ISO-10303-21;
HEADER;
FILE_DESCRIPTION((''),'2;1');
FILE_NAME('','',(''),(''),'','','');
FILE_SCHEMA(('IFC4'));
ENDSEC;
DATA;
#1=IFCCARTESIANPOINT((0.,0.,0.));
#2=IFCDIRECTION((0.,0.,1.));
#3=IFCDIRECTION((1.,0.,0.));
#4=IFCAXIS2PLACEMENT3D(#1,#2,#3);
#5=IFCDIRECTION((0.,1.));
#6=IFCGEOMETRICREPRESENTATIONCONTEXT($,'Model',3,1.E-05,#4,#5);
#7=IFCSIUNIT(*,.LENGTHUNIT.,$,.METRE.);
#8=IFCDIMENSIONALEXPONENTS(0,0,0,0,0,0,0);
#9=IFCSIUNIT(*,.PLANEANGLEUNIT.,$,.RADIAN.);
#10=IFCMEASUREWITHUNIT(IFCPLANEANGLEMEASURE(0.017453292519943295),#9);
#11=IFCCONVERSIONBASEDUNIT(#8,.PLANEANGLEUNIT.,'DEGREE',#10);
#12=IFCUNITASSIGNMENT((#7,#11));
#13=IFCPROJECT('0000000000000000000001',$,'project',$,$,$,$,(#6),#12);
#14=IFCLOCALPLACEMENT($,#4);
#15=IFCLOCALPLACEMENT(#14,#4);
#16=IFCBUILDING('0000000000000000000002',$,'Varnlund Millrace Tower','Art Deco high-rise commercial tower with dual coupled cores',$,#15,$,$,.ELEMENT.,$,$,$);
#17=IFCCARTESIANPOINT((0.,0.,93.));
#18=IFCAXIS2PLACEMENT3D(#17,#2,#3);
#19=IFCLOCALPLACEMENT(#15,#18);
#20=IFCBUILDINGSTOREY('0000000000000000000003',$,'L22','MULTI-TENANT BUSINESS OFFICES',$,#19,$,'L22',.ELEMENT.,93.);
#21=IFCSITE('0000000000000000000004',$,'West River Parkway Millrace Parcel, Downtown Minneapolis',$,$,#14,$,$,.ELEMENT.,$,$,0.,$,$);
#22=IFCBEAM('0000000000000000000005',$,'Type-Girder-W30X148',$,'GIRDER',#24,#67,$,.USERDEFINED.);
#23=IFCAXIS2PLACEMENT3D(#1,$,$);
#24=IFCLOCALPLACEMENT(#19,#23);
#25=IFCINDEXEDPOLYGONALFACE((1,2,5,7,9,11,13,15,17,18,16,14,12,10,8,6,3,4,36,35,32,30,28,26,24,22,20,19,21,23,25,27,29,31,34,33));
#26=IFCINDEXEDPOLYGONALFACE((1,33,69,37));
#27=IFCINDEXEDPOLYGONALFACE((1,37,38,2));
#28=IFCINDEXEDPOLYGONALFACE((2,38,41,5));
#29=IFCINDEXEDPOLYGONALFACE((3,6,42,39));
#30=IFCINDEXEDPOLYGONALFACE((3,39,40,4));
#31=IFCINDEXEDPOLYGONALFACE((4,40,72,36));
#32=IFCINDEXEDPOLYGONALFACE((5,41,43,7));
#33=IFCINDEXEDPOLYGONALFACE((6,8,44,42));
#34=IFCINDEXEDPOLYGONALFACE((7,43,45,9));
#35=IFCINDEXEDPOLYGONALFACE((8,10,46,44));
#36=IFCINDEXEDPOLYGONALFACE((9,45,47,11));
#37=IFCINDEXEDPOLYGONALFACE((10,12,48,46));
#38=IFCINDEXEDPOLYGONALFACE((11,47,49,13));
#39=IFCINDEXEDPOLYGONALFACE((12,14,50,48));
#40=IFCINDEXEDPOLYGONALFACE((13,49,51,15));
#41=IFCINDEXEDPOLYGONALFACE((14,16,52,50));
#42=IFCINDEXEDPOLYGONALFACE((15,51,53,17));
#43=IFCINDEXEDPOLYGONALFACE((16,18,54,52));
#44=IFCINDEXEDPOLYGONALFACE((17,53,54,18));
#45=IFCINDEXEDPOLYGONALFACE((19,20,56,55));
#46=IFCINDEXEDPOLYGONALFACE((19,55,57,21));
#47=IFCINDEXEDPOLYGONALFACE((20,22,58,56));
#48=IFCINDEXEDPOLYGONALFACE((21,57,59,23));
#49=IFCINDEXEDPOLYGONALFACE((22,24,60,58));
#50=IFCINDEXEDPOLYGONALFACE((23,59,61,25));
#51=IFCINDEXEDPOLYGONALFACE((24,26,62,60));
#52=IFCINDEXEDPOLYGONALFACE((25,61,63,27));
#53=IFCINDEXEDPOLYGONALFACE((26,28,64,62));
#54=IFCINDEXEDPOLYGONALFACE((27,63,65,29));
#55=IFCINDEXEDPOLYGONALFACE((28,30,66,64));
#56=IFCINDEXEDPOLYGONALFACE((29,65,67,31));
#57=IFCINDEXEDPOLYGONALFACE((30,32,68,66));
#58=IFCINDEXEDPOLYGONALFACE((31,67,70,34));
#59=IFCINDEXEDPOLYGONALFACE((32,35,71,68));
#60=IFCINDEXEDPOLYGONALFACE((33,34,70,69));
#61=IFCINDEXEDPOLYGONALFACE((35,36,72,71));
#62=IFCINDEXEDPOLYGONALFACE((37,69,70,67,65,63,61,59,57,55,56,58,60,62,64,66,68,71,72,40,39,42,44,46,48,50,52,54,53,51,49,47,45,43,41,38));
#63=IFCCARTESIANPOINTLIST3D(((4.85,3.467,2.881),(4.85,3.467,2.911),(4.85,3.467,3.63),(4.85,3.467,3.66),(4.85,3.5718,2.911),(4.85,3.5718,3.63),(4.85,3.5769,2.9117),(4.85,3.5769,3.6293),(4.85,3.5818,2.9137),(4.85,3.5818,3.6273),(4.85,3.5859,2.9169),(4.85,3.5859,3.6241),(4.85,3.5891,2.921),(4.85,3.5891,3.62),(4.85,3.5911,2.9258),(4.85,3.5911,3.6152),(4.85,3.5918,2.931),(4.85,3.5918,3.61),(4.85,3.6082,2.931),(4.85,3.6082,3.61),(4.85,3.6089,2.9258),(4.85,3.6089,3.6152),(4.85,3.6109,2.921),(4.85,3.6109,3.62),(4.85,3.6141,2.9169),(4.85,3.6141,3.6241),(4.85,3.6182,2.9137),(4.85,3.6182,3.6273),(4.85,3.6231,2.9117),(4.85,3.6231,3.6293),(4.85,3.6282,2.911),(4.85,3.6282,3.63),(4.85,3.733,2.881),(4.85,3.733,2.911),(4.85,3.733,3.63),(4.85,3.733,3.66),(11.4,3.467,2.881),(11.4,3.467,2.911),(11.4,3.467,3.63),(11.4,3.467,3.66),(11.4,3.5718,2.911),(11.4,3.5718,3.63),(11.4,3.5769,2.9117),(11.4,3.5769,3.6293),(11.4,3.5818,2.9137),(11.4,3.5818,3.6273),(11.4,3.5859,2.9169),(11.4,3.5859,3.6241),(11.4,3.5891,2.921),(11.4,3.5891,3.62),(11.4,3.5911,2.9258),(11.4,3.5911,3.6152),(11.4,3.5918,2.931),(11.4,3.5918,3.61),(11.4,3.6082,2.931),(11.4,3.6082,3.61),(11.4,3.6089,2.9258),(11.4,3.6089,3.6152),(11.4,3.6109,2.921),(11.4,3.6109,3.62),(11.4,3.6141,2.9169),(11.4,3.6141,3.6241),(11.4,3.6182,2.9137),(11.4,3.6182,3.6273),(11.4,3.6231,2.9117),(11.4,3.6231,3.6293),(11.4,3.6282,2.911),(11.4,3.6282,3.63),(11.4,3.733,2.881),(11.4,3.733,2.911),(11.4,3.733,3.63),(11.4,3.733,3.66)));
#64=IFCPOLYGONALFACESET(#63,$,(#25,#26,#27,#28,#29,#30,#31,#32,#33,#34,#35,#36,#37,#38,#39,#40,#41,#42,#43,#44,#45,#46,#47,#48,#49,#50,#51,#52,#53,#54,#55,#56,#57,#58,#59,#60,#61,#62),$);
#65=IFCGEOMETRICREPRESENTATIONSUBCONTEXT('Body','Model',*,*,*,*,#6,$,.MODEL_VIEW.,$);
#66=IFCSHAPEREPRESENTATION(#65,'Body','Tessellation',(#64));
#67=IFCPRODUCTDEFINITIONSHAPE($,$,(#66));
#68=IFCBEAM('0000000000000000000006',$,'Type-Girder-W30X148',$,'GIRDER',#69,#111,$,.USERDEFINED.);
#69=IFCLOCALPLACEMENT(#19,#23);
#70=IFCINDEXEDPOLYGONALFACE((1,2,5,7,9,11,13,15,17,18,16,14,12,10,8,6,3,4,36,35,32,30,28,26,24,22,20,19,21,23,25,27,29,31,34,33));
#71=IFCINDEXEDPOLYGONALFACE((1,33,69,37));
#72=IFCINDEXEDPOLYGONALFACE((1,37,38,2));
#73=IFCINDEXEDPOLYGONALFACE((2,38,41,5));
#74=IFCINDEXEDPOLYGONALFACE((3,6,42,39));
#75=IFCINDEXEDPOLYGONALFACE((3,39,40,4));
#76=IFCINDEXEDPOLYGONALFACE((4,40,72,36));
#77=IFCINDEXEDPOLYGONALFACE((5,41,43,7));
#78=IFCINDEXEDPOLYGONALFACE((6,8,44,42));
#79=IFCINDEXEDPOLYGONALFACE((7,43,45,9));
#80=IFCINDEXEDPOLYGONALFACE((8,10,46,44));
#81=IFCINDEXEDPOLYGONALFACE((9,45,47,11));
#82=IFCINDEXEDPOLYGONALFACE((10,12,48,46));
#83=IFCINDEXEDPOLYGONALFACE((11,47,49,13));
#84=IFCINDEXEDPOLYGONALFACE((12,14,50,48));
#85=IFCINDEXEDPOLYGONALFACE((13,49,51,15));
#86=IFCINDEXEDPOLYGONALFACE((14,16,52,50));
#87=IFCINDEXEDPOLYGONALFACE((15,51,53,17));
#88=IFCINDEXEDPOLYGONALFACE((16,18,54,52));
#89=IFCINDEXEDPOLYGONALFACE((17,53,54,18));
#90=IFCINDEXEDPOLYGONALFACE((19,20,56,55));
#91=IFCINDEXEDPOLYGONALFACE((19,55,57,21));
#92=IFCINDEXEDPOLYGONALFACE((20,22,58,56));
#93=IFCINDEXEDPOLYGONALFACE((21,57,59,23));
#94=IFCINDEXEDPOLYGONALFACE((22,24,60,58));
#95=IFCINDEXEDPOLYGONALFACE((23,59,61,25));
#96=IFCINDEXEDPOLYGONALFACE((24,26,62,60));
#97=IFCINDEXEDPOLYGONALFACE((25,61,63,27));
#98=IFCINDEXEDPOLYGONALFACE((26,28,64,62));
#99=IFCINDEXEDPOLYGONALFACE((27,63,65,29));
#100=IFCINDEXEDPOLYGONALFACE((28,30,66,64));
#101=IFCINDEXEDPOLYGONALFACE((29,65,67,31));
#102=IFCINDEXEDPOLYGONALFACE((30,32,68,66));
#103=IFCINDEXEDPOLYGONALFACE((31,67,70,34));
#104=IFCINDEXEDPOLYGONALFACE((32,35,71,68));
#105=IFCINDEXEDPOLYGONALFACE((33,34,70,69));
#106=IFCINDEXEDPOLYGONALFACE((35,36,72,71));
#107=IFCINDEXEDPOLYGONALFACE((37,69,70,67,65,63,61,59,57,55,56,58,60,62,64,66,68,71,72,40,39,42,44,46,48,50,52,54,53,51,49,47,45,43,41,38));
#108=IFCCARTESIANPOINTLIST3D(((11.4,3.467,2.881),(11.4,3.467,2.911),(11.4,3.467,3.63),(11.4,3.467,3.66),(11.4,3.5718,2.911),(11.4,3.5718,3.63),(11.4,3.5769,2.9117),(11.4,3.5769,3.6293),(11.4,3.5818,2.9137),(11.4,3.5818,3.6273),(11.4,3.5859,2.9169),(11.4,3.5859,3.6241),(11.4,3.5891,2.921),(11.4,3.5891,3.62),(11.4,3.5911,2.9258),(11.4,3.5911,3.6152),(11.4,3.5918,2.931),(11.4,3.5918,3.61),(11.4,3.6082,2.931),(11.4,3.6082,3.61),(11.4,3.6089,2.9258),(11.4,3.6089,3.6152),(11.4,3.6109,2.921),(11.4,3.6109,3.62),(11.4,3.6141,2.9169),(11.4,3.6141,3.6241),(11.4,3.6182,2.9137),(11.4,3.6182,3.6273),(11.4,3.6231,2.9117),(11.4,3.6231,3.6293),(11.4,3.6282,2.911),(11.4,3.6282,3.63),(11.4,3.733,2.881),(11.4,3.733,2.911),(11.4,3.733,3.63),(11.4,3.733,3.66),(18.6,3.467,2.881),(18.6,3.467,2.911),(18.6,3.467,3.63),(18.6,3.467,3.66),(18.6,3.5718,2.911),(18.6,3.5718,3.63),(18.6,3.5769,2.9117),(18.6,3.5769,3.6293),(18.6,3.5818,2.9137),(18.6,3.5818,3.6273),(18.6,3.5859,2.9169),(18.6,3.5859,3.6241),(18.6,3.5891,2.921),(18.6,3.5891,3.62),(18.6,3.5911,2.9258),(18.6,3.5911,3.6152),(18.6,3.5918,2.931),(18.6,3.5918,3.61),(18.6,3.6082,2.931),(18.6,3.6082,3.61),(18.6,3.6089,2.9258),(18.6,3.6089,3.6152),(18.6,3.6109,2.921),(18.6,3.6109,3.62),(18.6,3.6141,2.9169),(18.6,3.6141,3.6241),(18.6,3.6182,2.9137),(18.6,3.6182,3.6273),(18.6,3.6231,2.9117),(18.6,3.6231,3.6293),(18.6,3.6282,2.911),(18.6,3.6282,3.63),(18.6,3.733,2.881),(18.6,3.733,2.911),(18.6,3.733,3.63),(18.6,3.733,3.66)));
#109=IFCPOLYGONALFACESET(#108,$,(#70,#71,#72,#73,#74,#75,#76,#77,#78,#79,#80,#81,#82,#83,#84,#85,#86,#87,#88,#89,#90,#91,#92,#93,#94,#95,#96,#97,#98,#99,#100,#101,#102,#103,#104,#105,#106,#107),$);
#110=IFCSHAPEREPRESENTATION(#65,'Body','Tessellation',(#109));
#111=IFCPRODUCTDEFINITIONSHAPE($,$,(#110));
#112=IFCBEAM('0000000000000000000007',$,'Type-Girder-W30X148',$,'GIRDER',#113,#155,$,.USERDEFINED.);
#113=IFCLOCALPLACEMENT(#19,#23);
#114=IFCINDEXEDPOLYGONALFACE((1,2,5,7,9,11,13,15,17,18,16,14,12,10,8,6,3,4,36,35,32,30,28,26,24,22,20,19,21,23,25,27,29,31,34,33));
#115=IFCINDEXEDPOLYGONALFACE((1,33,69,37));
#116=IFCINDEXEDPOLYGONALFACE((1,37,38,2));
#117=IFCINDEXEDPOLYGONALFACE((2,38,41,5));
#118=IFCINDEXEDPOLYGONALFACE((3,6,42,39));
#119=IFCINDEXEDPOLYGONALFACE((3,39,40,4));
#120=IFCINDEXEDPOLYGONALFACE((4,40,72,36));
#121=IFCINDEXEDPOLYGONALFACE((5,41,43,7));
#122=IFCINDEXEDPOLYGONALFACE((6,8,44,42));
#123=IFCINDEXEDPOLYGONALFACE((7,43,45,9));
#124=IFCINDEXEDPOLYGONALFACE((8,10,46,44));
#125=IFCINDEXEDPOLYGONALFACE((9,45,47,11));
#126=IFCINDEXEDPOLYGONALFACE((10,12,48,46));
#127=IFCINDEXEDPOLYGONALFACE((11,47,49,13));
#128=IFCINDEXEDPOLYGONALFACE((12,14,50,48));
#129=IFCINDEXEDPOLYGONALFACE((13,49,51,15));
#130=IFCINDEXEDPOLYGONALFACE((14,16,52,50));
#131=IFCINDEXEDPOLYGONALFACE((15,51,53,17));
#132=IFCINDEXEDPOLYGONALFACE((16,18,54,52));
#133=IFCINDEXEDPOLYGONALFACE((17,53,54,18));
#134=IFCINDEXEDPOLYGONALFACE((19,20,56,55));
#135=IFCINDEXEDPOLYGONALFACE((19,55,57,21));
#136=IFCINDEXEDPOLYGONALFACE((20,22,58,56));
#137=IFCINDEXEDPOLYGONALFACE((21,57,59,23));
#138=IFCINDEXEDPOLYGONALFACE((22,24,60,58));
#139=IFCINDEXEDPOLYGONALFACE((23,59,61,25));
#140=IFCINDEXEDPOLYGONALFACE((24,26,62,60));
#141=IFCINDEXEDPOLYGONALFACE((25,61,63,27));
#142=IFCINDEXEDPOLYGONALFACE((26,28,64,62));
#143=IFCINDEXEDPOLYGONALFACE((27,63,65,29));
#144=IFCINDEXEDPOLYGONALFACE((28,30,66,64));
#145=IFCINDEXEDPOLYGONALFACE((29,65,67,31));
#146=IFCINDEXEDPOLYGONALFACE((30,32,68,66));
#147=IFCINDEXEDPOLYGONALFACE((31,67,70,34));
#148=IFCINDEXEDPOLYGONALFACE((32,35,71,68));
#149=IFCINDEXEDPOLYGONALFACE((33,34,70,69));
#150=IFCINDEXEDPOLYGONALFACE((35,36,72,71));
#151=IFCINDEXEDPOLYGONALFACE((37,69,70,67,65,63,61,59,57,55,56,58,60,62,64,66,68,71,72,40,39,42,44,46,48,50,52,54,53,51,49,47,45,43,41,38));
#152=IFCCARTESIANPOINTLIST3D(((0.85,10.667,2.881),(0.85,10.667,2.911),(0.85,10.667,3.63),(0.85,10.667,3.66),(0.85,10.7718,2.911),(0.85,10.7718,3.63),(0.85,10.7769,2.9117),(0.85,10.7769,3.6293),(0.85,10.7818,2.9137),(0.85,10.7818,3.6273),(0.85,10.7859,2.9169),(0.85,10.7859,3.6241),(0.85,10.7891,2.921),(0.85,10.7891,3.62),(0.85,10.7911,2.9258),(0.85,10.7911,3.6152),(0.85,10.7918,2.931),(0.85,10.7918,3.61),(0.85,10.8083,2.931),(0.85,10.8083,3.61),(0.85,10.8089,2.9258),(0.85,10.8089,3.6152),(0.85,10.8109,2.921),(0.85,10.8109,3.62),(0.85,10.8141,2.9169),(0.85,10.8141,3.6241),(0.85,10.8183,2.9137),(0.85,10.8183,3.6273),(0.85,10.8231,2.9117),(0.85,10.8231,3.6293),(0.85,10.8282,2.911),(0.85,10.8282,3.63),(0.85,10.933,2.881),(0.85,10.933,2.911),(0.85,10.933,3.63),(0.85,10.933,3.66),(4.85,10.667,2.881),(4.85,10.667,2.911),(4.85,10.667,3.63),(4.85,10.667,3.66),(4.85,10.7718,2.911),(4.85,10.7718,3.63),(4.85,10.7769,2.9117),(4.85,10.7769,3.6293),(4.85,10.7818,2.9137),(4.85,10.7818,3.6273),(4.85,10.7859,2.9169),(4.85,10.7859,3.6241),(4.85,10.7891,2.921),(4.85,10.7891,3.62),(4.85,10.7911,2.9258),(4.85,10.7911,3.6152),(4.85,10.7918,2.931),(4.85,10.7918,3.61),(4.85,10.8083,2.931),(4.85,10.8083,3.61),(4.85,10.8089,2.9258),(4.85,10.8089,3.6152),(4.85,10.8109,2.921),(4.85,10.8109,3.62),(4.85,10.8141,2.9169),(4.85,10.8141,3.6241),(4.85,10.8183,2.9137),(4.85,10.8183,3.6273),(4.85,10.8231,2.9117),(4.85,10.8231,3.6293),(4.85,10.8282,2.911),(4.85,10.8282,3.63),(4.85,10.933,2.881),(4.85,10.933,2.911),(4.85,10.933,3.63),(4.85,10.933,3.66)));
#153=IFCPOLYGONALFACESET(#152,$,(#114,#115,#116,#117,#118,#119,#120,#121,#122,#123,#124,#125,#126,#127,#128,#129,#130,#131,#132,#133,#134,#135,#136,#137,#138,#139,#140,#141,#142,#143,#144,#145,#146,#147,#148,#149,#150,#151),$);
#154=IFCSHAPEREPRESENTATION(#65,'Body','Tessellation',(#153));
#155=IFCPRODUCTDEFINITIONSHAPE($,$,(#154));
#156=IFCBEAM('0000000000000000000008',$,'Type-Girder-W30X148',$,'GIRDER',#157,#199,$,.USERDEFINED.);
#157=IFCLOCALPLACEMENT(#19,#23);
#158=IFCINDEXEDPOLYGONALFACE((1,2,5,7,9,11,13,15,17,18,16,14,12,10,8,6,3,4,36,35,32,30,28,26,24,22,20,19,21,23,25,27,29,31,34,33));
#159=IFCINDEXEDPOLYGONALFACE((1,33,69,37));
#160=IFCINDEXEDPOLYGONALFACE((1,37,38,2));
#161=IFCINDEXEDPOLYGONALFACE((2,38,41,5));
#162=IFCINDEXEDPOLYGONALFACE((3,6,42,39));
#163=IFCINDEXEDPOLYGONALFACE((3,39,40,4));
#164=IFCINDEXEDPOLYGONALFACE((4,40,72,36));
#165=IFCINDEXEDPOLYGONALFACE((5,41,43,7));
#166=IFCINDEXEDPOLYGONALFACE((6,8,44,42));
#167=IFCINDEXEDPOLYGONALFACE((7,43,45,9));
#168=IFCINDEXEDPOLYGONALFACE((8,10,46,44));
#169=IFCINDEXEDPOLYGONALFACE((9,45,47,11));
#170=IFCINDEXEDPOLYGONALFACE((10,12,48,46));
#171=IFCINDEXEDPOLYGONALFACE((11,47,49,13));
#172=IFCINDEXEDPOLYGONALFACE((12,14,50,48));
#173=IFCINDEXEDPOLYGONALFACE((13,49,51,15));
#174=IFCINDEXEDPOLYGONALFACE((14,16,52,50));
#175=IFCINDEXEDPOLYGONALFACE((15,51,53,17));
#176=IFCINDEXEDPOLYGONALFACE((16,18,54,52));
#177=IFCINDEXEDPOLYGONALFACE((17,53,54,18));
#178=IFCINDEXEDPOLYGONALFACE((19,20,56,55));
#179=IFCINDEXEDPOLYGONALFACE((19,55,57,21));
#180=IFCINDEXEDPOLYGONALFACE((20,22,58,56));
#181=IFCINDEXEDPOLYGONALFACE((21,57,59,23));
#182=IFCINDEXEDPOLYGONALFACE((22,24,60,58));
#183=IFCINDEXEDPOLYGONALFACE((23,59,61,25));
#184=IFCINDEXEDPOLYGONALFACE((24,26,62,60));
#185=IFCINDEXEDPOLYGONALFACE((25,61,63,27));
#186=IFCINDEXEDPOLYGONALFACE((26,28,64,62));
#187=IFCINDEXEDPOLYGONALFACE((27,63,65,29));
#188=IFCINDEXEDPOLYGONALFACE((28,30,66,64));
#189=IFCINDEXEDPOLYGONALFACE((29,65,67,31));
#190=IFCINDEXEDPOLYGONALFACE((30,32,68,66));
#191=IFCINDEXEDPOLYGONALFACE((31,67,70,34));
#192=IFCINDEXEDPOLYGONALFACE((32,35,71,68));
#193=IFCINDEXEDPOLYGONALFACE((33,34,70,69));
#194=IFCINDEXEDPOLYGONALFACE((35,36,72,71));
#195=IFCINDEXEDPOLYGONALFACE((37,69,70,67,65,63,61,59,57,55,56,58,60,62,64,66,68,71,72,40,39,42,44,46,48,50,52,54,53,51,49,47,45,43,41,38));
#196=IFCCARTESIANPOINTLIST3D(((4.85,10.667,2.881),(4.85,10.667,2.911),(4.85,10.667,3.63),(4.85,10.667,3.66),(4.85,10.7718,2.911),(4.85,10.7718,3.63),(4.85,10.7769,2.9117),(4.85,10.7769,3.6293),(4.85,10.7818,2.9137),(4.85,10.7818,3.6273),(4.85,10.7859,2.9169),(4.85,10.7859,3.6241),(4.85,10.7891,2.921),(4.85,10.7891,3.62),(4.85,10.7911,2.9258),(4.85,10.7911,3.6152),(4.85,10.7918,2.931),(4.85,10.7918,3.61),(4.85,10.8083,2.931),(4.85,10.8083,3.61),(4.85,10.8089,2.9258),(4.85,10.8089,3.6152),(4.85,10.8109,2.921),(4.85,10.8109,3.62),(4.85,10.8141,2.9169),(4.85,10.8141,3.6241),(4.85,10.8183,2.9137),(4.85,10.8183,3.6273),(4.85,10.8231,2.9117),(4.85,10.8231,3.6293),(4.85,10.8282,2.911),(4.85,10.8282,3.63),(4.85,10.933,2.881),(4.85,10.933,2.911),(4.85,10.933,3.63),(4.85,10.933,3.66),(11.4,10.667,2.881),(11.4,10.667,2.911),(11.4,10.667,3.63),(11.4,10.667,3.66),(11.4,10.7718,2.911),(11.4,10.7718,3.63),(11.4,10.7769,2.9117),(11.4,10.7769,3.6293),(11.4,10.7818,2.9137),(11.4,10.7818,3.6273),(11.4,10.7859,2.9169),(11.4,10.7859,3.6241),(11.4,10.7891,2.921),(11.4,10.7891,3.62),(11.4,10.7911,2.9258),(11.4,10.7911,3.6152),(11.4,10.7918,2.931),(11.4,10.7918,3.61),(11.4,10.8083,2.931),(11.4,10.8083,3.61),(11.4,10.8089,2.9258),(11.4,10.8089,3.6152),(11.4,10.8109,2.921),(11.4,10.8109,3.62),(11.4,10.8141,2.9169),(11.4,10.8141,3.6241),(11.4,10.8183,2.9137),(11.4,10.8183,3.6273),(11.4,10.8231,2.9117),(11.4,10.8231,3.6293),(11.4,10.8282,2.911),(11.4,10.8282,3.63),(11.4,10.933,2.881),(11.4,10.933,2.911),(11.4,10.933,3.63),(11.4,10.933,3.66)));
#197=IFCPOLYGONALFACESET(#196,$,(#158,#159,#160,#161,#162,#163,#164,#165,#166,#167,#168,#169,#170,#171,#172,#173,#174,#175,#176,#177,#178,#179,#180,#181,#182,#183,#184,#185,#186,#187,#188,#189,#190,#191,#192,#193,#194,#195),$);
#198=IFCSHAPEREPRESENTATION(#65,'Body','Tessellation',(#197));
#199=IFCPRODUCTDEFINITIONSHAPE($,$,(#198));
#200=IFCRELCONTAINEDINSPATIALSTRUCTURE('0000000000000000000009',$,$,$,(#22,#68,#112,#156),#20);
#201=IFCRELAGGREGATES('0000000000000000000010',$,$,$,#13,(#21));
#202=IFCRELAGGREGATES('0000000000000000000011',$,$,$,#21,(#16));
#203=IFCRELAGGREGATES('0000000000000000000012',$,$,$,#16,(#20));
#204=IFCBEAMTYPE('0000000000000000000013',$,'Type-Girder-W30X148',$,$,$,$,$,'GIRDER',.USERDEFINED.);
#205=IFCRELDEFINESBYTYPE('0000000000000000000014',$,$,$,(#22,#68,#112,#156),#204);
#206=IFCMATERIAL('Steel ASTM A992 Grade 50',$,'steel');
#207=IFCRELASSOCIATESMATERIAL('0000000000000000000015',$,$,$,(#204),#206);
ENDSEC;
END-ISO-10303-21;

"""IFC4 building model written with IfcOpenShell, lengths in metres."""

from ifc_helpers import new_model, entity, si_unit, converted_unit, direction, frame, origin_with_axes, origin_2d_with_axis, place, context, subcontext, project, spatial, i_section, extrude, material, material_profile, profile_set, type_object, element, save


model = new_model("IFC4")

# Units and contexts
model_context = context("Model", 3, precision=1e-05, world=origin_with_axes(), true_north=direction((0.0, 1.0)))
body_context = subcontext(model_context, "Body", "Model", "MODEL_VIEW")
ifc_project = project(units=[si_unit("LENGTHUNIT", "METRE"), converted_unit("PLANEANGLEUNIT", "DEGREE", entity("IfcPlaneAngleMeasure", 0.017453292519943295), si_unit("PLANEANGLEUNIT", "RADIAN"), dimensions=[0, 0, 0, 0, 0, 0, 0])], contexts=[model_context])

# Site, building, storey
site_placement = place(None, origin_with_axes())
site = spatial("IfcSite", under=ifc_project, at=site_placement, Name="West River Parkway Millrace Parcel, Downtown Minneapolis", CompositionType="ELEMENT", RefElevation=0.0)
building_placement = place(site_placement, origin_with_axes())
building = spatial("IfcBuilding", under=site, at=building_placement, Name="Varnlund Millrace Tower", Description="Art Deco high-rise commercial tower with dual coupled cores", CompositionType="ELEMENT")
storey_placement = place(building_placement, frame((0.0, 0.0, 93.0), z_axis=(0.0, 0.0, 1.0), x_axis=(1.0, 0.0, 0.0)))
storey = spatial("IfcBuildingStorey", under=building, at=storey_placement, Name="L22", Description="MULTI-TENANT BUSINESS OFFICES", LongName="L22", CompositionType="ELEMENT", Elevation=93.0)

# Beams
ifc_material_1 = material(Name="Steel ASTM A992 Grade 50", Category="steel")
ifc_material_profile_1 = material_profile(ifc_material_1, i_section(OverallWidth=0.266, OverallDepth=0.779, WebThickness=0.0165, FlangeThickness=0.03, FilletRadius=0.02, at=origin_2d_with_axis()), Name="Steel ASTM A992 Grade 50")
ifc_profile_set_1 = profile_set([ifc_material_profile_1], Name="Steel ASTM A992 Grade 50")
beam_type_1 = type_object("IfcBeamType", Name="Type-Girder-W30X148", ElementType="GIRDER", PredefinedType="USERDEFINED", material=ifc_profile_set_1)
beam_1_placement = place(storey_placement, frame((4.85, 3.6, 3.2705), z_axis=(1.0, 0.0, 0.0), x_axis=(0.0, 1.0, 0.0)))
element("IfcBeam", 1, at=beam_1_placement, inside=storey, type_object=beam_type_1, Name="Type-Girder-W30X148", ObjectType="GIRDER", PredefinedType="USERDEFINED", context=body_context, shape_type="SweptSolid", body=[
    extrude(i_section(OverallWidth=0.266, OverallDepth=0.779, WebThickness=0.0165, FlangeThickness=0.03, FilletRadius=0.02, at=origin_2d_with_axis()), origin_with_axes(), (0.0, 0.0, 1.0), 6.55),
])
beam_2_placement = place(storey_placement, frame((11.4, 3.6, 3.2705), z_axis=(1.0, 0.0, 0.0), x_axis=(0.0, 1.0, 0.0)))
element("IfcBeam", 2, at=beam_2_placement, inside=storey, type_object=beam_type_1, Name="Type-Girder-W30X148", ObjectType="GIRDER", PredefinedType="USERDEFINED", context=body_context, shape_type="SweptSolid", body=[
    extrude(i_section(OverallWidth=0.266, OverallDepth=0.779, WebThickness=0.0165, FlangeThickness=0.03, FilletRadius=0.02, at=origin_2d_with_axis()), origin_with_axes(), (0.0, 0.0, 1.0), 7.2),
])
beam_3_placement = place(storey_placement, frame((0.85, 10.8, 3.2705), z_axis=(1.0, 0.0, 0.0), x_axis=(0.0, 1.0, 0.0)))
element("IfcBeam", 3, at=beam_3_placement, inside=storey, type_object=beam_type_1, Name="Type-Girder-W30X148", ObjectType="GIRDER", PredefinedType="USERDEFINED", context=body_context, shape_type="SweptSolid", body=[
    extrude(i_section(OverallWidth=0.266, OverallDepth=0.779, WebThickness=0.0165, FlangeThickness=0.03, FilletRadius=0.02, at=origin_2d_with_axis()), origin_with_axes(), (0.0, 0.0, 1.0), 4.0),
])
beam_4_placement = place(storey_placement, frame((4.85, 10.8, 3.2705), z_axis=(1.0, 0.0, 0.0), x_axis=(0.0, 1.0, 0.0)))
element("IfcBeam", 4, at=beam_4_placement, inside=storey, type_object=beam_type_1, Name="Type-Girder-W30X148", ObjectType="GIRDER", PredefinedType="USERDEFINED", context=body_context, shape_type="SweptSolid", body=[
    extrude(i_section(OverallWidth=0.266, OverallDepth=0.779, WebThickness=0.0165, FlangeThickness=0.03, FilletRadius=0.02, at=origin_2d_with_axis()), origin_with_axes(), (0.0, 0.0, 1.0), 6.55),
])

save(model, "model.ifc")
